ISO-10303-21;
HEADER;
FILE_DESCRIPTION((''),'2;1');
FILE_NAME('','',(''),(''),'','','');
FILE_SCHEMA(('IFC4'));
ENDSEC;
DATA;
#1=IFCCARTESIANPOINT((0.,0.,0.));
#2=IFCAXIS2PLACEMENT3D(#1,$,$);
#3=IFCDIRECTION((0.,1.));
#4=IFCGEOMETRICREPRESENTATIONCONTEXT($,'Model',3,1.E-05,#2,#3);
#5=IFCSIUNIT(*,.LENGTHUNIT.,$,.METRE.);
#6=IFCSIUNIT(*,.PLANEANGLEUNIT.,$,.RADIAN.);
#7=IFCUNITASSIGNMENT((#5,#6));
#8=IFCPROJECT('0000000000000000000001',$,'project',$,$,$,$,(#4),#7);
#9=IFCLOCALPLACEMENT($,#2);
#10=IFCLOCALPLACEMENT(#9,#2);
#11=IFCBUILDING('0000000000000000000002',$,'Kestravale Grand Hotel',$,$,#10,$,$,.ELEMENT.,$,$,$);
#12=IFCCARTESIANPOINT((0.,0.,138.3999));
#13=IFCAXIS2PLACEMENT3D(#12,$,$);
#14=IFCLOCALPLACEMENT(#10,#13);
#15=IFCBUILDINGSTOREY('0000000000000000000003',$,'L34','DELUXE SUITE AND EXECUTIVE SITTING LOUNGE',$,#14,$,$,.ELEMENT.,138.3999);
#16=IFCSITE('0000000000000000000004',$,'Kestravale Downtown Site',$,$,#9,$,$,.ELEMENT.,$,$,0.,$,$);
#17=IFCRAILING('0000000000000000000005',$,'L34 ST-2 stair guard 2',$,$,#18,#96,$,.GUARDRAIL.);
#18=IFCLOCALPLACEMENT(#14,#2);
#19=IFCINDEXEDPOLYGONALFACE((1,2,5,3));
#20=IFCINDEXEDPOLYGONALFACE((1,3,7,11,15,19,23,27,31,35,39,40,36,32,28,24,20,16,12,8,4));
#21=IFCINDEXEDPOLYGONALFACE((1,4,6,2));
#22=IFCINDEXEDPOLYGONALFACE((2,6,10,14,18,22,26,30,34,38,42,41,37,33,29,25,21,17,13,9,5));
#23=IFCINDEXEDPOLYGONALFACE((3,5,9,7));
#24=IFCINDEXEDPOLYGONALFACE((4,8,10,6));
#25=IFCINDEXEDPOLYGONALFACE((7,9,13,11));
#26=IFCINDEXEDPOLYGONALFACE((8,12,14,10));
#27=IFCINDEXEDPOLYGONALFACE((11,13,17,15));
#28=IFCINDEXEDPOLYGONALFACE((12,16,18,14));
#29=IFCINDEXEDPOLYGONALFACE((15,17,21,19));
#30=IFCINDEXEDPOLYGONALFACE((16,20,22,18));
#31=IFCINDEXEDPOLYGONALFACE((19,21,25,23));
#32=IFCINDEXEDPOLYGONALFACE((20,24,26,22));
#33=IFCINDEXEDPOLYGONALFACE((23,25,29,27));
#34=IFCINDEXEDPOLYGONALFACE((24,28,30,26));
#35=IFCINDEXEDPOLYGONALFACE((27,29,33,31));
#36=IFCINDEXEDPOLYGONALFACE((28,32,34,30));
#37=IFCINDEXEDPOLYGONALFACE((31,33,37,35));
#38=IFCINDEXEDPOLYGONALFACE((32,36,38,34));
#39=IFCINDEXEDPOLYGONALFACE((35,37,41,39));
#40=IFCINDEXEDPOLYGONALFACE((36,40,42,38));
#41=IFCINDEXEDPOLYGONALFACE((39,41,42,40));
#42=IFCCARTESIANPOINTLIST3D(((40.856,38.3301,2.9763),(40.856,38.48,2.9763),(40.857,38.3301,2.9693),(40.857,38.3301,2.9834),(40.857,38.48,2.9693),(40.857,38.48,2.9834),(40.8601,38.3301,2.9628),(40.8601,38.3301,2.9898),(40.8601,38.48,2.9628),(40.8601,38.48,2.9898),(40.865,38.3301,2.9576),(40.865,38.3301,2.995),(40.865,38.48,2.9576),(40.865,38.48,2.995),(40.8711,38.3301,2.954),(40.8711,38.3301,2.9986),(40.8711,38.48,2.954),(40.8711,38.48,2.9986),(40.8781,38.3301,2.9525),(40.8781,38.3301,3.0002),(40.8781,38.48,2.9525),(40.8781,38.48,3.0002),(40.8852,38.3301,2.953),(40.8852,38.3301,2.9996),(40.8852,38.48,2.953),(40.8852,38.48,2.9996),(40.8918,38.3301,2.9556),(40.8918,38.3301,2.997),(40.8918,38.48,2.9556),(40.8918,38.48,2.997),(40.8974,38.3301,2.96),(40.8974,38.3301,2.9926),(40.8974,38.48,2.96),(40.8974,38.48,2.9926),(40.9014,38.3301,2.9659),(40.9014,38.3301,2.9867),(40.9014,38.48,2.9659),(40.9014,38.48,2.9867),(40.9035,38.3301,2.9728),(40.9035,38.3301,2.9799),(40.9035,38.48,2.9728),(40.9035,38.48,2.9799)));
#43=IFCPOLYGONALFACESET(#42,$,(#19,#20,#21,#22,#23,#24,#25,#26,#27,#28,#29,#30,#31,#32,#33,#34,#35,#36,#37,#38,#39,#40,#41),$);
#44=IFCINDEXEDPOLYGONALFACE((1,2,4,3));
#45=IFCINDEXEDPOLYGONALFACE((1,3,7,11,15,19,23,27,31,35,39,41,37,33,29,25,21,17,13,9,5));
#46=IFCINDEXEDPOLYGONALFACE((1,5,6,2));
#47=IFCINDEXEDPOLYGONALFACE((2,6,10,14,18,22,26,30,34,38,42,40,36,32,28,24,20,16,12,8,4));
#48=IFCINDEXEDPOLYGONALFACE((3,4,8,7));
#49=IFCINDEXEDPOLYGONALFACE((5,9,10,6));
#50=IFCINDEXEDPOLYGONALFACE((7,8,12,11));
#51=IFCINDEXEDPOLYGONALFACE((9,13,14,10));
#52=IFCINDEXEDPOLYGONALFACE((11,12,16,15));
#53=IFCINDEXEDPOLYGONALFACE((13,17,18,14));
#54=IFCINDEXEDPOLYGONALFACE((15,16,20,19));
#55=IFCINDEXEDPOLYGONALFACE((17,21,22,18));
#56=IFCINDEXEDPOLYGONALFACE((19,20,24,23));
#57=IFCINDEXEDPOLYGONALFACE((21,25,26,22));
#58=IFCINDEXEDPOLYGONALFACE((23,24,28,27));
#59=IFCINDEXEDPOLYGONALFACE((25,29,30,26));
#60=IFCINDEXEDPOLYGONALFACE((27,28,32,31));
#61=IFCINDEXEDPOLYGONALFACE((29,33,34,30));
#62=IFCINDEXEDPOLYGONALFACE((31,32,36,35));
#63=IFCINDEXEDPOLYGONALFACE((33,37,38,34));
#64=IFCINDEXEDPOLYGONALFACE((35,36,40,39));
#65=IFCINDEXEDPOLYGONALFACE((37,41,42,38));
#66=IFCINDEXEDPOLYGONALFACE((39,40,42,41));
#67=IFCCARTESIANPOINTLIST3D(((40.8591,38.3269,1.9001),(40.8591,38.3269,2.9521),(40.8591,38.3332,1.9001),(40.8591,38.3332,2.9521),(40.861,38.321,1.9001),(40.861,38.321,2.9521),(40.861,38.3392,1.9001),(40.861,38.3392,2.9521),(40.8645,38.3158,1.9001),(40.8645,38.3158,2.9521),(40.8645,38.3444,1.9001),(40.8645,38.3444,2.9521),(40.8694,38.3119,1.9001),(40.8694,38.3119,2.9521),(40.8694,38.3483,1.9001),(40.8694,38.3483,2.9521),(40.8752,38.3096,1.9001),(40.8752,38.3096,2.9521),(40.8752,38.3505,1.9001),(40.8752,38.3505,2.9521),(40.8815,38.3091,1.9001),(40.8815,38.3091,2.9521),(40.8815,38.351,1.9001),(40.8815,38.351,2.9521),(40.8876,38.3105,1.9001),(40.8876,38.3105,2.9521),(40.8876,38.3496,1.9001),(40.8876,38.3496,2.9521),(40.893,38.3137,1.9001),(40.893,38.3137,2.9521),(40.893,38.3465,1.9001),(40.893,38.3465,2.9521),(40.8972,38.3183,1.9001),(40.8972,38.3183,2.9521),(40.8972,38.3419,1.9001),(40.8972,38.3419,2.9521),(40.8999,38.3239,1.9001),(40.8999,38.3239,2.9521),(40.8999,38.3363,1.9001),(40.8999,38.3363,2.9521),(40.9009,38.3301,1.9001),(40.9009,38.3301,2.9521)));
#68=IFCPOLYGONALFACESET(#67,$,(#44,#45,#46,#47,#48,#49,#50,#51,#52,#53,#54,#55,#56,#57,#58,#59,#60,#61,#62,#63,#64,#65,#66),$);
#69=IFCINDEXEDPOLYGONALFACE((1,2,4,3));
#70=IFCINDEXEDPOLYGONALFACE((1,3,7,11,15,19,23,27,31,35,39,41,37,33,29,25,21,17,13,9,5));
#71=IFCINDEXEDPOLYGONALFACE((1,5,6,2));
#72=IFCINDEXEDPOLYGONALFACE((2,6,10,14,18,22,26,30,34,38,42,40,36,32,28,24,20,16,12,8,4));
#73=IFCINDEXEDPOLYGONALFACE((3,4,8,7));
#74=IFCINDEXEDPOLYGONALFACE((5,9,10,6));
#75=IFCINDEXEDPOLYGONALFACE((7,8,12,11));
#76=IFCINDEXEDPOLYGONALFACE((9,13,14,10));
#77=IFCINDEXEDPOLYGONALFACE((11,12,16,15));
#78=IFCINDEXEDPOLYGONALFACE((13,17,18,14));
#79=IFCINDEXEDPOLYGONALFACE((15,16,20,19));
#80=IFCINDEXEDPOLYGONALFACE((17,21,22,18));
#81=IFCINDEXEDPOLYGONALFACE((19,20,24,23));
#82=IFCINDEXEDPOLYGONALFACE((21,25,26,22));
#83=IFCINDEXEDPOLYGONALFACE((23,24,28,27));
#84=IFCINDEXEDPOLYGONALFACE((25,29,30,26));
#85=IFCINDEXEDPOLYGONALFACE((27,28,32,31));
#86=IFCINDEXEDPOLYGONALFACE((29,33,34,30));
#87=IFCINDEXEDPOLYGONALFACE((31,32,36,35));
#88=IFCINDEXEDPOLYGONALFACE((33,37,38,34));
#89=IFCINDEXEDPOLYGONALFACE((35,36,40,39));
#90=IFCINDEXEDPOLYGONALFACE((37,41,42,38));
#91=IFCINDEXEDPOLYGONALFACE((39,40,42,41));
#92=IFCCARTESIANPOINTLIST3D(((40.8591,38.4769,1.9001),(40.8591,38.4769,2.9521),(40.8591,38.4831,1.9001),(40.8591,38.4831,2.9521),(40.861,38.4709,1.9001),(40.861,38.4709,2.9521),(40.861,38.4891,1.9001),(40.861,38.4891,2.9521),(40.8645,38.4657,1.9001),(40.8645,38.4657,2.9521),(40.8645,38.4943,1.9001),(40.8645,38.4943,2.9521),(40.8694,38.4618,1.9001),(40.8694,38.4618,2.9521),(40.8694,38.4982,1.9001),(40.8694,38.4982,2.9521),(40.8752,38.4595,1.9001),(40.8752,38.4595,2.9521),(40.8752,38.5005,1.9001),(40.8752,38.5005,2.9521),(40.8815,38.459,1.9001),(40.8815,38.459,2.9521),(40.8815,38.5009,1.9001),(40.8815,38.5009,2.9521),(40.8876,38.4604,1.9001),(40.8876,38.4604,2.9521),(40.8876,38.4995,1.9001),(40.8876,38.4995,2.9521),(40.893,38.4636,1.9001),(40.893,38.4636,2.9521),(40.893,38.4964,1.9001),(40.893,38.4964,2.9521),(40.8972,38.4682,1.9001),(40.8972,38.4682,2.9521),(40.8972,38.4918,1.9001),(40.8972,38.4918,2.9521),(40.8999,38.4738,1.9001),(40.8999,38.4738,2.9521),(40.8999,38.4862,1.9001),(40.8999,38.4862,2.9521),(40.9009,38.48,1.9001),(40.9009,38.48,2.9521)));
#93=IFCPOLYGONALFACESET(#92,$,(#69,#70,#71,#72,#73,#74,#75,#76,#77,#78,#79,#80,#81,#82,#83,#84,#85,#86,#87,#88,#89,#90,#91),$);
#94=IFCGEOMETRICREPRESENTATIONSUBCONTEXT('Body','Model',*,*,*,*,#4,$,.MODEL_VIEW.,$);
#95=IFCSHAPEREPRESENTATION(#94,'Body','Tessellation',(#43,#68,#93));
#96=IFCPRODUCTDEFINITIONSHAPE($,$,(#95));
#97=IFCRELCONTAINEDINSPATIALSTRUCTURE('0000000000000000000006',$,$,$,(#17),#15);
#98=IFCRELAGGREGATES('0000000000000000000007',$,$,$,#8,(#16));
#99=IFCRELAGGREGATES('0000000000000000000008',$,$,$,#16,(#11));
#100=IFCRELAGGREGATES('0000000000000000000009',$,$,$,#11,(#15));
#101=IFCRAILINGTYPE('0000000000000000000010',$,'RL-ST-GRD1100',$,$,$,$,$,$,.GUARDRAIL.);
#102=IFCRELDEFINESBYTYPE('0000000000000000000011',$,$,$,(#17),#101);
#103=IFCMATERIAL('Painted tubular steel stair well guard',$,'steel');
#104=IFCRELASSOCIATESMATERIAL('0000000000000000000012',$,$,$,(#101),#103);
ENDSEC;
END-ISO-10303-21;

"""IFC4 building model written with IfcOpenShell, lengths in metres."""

from ifc_helpers import new_model, si_unit, direction, frame, origin, origin_2d, place, context, subcontext, project, spatial, circle, extrude, material, type_object, element, save


model = new_model("IFC4")

# Units and contexts
model_context = context("Model", 3, precision=1e-05, world=origin(), true_north=direction((0.0, 1.0)))
body_context = subcontext(model_context, "Body", "Model", "MODEL_VIEW")
ifc_project = project(units=[si_unit("LENGTHUNIT", "METRE"), si_unit("PLANEANGLEUNIT", "RADIAN")], contexts=[model_context])

# Site, building, storey
site_placement = place(None, origin())
site = spatial("IfcSite", under=ifc_project, at=site_placement, Name="Kestravale Downtown Site", CompositionType="ELEMENT", RefElevation=0.0)
building_placement = place(site_placement, origin())
building = spatial("IfcBuilding", under=site, at=building_placement, Name="Kestravale Grand Hotel", CompositionType="ELEMENT")
storey_placement = place(building_placement, frame((0.0, 0.0, 138.3999)))
storey = spatial("IfcBuildingStorey", under=building, at=storey_placement, Name="L34", Description="DELUXE SUITE AND EXECUTIVE SITTING LOUNGE", CompositionType="ELEMENT", Elevation=138.3999)

# Railing
ifc_material_1 = material(Name="Painted tubular steel stair well guard", Category="steel")
railing_type_1 = type_object("IfcRailingType", Name="RL-ST-GRD1100", PredefinedType="GUARDRAIL", material=ifc_material_1)
railing_1_placement = place(storey_placement, frame((40.8799, 38.3301, 1.9001)))
element("IfcRailing", 1, at=railing_1_placement, inside=storey, type_object=railing_type_1, Name="L34 ST-2 stair guard 2", PredefinedType="GUARDRAIL", context=body_context, shape_type="SweptSolid", body=[
    extrude(circle(Radius=0.0239, at=origin_2d()), frame((0.0, 0.0, 1.0762), z_axis=(0.0, 1.0, 0.0), x_axis=(-1.0, 0.0, 0.0)), (0.0, 0.0, 1.0), 0.1499),
    extrude(circle(Radius=0.021, at=origin_2d()), origin(), (0.0, 0.0, 1.0), 1.052),
    extrude(circle(Radius=0.021, at=origin_2d()), frame((0.0, 0.1499, 0.0)), (0.0, 0.0, 1.0), 1.052),
])

save(model, "model.ifc")
